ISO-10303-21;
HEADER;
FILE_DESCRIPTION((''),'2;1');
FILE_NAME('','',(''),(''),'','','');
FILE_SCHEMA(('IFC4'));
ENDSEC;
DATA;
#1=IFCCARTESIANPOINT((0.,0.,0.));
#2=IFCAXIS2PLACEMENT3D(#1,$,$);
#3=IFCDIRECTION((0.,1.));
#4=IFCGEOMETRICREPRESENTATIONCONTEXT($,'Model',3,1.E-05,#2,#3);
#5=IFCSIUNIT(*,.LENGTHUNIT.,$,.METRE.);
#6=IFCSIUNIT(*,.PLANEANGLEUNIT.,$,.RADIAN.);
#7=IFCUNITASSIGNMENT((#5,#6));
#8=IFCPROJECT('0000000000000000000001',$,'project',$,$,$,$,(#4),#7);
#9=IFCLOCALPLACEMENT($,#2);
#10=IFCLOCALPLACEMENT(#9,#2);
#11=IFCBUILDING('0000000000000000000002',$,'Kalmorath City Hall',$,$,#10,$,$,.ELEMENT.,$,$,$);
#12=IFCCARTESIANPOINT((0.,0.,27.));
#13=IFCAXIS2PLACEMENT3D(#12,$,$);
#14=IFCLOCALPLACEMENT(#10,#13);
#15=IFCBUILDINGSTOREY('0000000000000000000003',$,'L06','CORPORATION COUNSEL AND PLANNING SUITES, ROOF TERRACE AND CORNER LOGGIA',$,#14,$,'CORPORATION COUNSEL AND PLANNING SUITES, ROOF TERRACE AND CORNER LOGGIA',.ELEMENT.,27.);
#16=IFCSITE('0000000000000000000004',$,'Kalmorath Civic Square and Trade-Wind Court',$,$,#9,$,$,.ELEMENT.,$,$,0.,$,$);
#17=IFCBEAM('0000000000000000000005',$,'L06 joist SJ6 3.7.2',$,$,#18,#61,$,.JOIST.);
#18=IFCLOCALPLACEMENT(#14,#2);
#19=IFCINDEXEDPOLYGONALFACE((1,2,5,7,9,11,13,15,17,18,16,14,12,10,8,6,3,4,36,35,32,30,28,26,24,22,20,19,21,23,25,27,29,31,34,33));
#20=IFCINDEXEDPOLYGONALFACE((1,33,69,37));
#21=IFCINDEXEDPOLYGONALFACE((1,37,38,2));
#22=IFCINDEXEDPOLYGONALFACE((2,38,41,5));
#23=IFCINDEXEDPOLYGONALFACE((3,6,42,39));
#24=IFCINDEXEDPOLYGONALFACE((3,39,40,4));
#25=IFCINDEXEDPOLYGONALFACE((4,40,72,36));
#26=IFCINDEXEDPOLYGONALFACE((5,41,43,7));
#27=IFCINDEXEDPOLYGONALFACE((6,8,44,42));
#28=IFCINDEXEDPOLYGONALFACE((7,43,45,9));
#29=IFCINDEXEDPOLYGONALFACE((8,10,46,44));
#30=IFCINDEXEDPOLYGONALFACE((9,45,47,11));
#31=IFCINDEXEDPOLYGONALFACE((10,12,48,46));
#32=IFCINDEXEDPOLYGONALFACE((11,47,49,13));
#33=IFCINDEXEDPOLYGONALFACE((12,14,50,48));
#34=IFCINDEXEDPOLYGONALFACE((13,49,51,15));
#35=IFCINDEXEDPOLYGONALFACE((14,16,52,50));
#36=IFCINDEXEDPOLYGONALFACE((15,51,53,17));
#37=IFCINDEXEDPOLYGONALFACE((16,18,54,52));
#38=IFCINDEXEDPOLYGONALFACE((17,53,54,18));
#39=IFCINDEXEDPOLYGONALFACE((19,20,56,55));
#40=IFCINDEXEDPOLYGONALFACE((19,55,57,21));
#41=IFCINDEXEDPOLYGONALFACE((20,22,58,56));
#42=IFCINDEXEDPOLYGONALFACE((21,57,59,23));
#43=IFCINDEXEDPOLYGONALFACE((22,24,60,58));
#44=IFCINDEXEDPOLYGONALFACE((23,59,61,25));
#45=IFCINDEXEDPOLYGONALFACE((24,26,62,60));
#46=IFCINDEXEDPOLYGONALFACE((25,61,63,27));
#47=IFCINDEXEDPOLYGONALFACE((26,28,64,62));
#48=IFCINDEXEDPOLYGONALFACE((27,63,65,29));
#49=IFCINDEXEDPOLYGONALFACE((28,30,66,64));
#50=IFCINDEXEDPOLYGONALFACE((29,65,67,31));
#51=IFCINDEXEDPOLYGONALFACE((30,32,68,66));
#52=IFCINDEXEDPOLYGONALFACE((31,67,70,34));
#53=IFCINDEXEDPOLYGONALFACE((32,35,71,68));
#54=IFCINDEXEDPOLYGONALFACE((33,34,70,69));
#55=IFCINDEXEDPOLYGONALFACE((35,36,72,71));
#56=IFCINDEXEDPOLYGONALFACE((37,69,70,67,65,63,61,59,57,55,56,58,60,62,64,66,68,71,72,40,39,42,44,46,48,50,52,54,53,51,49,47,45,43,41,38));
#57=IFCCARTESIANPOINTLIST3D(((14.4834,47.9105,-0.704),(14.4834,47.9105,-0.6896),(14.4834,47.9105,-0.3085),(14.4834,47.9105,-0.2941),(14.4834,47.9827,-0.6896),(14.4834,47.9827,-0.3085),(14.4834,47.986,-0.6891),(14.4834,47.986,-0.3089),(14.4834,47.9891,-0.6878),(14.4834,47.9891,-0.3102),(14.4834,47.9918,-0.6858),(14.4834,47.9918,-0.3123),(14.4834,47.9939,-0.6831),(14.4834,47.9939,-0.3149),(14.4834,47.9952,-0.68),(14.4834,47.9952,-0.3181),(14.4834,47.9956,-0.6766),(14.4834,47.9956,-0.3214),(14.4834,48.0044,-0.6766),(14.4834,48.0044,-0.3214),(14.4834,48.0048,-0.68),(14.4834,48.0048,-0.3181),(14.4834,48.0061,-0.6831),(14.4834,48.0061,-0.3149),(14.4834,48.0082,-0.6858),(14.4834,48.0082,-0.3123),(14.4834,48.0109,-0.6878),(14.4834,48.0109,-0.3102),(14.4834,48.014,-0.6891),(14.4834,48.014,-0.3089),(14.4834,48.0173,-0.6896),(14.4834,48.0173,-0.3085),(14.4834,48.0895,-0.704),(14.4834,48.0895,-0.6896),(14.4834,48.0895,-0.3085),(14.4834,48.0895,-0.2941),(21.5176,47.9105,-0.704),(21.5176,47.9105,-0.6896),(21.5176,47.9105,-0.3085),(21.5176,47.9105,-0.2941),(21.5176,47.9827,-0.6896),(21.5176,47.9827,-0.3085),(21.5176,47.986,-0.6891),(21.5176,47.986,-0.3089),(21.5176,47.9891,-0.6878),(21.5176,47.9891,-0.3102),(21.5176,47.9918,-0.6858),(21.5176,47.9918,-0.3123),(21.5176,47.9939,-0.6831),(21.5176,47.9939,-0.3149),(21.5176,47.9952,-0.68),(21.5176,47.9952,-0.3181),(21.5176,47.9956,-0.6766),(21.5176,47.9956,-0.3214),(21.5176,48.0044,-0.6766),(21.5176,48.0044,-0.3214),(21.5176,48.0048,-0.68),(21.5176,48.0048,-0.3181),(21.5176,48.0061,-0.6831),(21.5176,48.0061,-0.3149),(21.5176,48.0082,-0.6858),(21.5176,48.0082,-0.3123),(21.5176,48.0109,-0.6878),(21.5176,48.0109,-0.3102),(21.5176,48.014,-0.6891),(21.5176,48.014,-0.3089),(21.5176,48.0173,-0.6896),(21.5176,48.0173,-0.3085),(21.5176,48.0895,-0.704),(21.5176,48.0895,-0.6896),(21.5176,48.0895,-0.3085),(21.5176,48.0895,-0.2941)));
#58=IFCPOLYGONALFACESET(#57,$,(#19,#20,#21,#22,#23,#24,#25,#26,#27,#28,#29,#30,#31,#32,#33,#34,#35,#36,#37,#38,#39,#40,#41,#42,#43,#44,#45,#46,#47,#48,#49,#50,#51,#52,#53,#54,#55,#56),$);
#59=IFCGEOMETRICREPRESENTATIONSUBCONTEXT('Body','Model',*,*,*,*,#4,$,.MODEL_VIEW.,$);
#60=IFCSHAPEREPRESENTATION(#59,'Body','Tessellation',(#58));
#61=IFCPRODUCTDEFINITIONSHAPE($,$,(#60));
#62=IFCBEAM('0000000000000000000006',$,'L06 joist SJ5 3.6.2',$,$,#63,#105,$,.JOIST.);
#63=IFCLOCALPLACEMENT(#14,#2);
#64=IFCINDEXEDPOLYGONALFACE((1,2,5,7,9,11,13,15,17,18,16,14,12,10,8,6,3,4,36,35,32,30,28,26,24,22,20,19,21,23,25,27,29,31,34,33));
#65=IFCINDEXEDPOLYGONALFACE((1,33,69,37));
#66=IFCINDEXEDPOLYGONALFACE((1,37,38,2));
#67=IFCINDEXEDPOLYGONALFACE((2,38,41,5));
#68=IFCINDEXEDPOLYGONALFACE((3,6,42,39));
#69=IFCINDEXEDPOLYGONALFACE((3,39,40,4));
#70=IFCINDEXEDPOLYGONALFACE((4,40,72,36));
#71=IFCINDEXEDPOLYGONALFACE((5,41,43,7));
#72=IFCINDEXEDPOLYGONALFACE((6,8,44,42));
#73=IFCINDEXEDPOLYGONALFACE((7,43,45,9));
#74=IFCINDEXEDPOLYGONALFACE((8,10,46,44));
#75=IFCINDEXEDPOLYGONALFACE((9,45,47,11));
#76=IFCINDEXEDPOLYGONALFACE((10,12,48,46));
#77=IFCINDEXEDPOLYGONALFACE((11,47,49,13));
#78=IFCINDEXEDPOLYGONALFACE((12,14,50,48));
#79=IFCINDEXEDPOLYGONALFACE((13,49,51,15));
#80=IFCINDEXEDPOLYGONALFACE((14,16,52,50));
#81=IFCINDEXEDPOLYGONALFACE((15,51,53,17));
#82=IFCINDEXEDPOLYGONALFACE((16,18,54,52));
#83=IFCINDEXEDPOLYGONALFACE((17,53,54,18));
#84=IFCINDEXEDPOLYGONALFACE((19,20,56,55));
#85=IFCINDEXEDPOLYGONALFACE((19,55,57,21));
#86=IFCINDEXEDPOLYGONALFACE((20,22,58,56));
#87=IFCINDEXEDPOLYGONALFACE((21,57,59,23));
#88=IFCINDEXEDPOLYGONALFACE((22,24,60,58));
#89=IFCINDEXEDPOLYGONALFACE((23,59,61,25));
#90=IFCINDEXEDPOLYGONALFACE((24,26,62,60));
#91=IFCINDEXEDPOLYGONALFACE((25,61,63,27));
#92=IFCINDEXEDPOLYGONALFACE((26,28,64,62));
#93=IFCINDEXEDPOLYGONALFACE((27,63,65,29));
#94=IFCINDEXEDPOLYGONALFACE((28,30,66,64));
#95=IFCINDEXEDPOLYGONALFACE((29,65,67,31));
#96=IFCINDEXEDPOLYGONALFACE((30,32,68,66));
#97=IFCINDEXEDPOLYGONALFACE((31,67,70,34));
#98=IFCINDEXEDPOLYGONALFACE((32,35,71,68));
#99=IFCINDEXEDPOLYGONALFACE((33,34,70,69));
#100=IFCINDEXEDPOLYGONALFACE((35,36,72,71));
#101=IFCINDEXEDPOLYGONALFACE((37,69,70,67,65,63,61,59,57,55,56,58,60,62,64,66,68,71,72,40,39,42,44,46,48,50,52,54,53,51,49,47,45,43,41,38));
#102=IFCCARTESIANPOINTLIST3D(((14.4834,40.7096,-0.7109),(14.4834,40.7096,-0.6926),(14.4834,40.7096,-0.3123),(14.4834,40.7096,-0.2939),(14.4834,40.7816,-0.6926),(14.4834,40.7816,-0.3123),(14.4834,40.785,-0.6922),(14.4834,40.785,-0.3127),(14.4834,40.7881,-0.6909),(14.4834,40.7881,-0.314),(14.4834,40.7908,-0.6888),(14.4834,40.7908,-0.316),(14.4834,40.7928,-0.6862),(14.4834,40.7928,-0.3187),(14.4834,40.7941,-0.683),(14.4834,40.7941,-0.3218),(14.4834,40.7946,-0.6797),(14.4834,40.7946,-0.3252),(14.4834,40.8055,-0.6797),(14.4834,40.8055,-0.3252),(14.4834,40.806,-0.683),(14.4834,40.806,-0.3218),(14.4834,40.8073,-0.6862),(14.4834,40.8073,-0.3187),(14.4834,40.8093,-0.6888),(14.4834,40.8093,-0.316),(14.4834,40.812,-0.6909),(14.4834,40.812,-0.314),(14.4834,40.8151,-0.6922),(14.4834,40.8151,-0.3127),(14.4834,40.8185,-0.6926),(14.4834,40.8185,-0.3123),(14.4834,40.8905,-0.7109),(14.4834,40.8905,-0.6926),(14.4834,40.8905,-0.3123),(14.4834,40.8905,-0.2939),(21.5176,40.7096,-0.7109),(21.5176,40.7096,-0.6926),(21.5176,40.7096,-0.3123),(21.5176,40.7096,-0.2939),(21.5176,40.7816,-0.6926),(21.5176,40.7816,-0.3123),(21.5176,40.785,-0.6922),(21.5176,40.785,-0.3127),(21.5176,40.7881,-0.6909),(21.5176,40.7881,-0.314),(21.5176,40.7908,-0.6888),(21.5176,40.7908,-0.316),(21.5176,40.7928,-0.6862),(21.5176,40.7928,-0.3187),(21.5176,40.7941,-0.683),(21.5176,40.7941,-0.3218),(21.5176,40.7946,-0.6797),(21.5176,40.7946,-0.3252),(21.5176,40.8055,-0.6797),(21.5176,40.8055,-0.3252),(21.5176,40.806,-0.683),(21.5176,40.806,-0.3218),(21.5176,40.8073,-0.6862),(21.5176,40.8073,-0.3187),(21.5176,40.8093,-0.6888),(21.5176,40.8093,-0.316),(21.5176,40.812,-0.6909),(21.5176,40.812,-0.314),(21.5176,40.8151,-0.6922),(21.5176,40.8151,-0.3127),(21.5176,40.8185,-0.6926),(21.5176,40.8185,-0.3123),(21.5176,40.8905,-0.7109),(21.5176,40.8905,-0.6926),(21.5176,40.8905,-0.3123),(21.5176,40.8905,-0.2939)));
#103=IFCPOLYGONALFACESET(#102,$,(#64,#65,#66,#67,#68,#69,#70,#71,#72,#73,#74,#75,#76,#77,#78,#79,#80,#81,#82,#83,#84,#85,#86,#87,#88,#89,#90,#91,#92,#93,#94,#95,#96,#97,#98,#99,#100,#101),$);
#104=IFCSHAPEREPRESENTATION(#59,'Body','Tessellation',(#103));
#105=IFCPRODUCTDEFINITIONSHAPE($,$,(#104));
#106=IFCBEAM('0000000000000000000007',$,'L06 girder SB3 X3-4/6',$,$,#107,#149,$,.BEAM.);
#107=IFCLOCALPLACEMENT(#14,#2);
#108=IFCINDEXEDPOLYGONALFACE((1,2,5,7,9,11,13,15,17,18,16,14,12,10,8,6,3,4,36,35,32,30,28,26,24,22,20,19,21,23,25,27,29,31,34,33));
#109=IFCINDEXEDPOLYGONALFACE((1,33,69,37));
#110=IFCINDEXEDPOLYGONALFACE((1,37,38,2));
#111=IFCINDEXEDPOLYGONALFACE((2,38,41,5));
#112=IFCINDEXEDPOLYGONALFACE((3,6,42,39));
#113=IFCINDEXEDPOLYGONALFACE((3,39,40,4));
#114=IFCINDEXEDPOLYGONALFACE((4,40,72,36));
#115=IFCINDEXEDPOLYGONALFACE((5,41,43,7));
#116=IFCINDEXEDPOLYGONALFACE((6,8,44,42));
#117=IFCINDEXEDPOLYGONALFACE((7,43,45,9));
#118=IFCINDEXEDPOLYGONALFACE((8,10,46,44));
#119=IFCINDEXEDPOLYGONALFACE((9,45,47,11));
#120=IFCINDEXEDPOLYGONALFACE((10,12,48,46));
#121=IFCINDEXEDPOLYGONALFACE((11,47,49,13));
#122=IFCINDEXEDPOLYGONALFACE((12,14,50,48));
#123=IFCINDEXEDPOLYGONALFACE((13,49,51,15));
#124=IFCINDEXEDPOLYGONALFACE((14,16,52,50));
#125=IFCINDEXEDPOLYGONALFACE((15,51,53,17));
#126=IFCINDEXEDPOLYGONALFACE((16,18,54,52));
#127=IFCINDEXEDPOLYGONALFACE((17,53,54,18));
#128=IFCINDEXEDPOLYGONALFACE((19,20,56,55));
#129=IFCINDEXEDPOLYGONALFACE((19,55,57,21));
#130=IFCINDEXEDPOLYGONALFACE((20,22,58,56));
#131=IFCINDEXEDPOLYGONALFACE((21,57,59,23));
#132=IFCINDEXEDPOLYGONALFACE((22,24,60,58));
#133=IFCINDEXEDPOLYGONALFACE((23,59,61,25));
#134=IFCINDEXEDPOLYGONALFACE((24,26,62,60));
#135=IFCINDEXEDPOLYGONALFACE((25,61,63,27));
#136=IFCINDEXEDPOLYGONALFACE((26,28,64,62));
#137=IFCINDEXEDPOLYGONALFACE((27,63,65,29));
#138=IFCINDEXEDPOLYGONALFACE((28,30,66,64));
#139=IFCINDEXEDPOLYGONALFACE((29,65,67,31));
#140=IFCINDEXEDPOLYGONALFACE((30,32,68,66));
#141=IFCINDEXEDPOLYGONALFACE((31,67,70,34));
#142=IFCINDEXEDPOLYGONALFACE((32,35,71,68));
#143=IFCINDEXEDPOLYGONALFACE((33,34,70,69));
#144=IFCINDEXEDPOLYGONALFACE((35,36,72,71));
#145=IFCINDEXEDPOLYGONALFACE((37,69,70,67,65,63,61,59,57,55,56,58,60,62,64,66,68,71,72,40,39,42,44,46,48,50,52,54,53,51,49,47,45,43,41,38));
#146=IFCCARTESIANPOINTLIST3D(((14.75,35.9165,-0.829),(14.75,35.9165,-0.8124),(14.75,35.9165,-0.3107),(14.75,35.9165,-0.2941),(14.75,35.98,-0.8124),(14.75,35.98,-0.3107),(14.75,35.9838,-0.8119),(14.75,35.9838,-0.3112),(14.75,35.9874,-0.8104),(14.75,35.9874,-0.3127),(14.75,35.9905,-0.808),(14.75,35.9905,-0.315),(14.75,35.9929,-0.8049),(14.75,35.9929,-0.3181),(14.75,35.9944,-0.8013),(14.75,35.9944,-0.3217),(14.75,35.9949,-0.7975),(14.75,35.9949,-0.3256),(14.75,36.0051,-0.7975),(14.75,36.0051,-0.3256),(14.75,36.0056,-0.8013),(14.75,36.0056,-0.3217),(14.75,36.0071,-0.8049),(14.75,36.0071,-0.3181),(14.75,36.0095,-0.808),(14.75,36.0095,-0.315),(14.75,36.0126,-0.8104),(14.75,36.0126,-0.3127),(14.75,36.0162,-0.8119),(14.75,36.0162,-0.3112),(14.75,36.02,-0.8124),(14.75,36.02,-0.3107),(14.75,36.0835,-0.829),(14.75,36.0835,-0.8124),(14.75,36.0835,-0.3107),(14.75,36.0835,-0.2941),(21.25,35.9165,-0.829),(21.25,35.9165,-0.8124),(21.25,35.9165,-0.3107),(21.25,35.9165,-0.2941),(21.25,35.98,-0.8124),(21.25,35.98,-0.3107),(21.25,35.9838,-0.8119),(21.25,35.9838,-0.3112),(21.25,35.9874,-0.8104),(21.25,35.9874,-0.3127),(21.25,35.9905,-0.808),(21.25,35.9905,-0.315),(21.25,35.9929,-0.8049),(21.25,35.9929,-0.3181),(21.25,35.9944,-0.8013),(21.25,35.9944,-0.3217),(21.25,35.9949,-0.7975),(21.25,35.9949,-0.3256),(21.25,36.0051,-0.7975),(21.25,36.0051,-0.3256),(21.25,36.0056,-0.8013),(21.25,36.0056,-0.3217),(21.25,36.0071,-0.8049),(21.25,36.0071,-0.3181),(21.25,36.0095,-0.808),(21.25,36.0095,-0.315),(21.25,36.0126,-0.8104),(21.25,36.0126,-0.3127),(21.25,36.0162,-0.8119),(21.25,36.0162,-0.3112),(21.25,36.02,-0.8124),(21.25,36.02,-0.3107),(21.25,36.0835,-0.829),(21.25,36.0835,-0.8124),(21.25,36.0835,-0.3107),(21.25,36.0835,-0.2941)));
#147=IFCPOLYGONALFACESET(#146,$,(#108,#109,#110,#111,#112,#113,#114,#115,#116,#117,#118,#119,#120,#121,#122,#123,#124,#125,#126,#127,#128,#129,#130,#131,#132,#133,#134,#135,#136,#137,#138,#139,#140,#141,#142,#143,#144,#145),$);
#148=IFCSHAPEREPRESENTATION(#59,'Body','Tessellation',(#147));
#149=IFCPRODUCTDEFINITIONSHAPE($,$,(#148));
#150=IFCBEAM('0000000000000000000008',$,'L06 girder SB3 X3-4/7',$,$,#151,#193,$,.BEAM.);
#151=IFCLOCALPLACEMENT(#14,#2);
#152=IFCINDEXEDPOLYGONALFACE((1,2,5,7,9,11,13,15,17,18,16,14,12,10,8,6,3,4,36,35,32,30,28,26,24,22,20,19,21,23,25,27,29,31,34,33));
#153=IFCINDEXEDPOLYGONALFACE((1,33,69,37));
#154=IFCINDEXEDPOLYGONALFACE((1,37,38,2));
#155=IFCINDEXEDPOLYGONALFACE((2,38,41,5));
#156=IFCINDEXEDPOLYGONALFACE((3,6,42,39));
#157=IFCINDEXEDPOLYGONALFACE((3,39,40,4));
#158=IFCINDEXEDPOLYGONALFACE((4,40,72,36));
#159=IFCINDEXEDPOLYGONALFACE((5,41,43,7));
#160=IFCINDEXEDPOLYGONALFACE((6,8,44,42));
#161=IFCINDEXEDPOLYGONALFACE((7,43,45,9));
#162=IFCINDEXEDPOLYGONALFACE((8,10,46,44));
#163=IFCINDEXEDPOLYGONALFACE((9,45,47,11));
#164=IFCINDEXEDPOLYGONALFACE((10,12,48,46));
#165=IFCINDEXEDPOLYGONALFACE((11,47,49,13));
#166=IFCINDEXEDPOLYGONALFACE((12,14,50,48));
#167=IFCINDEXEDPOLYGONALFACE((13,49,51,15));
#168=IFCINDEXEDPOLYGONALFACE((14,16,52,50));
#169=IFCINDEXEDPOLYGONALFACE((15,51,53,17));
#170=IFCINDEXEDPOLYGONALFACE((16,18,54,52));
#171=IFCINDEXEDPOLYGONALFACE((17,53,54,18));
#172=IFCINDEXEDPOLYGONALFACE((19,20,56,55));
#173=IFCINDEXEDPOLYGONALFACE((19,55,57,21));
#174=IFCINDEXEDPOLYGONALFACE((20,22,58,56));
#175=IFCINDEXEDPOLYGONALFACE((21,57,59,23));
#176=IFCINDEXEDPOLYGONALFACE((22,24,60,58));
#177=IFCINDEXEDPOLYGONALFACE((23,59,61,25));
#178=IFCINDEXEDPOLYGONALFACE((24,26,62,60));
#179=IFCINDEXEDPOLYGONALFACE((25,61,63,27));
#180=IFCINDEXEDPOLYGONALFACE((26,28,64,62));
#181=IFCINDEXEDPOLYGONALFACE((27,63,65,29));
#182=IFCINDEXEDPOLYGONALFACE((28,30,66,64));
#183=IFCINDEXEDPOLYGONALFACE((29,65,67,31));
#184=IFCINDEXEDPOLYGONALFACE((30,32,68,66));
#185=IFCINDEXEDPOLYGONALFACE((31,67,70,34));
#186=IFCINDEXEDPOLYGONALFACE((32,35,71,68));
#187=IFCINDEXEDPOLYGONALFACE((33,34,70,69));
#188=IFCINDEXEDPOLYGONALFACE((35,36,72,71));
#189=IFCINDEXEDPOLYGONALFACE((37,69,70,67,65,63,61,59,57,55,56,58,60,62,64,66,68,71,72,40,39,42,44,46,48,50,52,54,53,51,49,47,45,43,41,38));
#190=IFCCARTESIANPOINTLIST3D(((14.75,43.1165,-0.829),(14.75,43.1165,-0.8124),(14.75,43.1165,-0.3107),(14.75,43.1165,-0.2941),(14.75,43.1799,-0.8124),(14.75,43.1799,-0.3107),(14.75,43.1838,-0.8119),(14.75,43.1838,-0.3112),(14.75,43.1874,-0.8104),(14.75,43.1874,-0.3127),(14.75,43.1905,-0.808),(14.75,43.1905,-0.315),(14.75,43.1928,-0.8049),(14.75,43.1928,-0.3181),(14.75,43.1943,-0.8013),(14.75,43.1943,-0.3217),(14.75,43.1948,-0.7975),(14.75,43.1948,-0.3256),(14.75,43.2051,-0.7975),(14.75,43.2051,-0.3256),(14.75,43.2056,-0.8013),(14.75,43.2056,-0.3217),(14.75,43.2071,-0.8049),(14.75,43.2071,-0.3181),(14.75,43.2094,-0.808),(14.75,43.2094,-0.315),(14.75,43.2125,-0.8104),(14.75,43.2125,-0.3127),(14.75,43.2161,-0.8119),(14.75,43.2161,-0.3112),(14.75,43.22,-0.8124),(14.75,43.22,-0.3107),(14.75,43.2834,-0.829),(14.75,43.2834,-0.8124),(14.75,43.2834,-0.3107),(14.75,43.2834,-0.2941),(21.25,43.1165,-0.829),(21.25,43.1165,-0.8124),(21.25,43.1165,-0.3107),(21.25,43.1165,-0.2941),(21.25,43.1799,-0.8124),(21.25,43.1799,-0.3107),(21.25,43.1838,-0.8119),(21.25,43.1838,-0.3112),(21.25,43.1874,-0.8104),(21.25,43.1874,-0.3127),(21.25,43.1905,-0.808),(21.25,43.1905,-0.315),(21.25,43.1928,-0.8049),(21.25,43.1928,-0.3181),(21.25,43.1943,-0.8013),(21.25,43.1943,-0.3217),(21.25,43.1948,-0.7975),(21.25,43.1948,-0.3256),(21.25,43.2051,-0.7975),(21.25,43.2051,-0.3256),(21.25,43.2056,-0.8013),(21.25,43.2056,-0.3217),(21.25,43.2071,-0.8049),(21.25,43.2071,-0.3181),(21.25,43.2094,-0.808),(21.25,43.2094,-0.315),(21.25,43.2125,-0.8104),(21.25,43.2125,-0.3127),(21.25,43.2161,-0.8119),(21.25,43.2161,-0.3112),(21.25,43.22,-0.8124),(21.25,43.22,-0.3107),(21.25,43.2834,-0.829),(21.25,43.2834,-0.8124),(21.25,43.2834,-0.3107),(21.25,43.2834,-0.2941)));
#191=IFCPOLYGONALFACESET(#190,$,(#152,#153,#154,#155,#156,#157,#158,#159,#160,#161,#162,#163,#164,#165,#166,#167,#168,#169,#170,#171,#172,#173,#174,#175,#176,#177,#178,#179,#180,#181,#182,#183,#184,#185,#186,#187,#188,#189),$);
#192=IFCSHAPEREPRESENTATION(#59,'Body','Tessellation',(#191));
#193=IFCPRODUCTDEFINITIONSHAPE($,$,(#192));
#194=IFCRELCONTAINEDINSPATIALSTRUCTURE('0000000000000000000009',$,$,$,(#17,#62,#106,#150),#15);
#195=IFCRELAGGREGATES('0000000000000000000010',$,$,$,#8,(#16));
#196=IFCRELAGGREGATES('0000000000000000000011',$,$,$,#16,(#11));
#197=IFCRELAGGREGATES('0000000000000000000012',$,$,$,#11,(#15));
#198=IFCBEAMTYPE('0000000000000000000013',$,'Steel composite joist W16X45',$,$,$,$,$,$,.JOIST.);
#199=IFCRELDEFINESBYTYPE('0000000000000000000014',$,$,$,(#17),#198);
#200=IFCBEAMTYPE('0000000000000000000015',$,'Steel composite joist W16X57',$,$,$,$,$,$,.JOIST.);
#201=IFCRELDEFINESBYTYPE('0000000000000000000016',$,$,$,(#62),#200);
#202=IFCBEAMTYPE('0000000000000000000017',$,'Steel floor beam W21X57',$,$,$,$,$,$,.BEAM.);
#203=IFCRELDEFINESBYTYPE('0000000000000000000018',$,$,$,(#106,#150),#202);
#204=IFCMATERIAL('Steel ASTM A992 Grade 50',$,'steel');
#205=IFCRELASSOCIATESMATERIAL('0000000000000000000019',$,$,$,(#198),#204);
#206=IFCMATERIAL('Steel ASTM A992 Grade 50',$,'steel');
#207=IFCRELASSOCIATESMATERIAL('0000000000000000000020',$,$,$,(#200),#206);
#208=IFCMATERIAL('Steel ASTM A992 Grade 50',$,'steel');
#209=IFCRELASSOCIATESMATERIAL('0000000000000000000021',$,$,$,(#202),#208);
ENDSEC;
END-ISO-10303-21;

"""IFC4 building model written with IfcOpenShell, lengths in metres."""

from ifc_helpers import new_model, si_unit, direction, frame, origin, origin_2d, place, context, subcontext, project, spatial, i_section, extrude, material, material_profile, profile_set, type_object, element, save


model = new_model("IFC4")

# Units and contexts
model_context = context("Model", 3, precision=1e-05, world=origin(), true_north=direction((0.0, 1.0)))
body_context = subcontext(model_context, "Body", "Model", "MODEL_VIEW")
ifc_project = project(units=[si_unit("LENGTHUNIT", "METRE"), si_unit("PLANEANGLEUNIT", "RADIAN")], contexts=[model_context])

# Site, building, storey
site_placement = place(None, origin())
site = spatial("IfcSite", under=ifc_project, at=site_placement, Name="Kalmorath Civic Square and Trade-Wind Court", CompositionType="ELEMENT", RefElevation=0.0)
building_placement = place(site_placement, origin())
building = spatial("IfcBuilding", under=site, at=building_placement, Name="Kalmorath City Hall", CompositionType="ELEMENT")
storey_placement = place(building_placement, frame((0.0, 0.0, 27.0)))
storey = spatial("IfcBuildingStorey", under=building, at=storey_placement, Name="L06", Description="CORPORATION COUNSEL AND PLANNING SUITES, ROOF TERRACE AND CORNER LOGGIA", LongName="CORPORATION COUNSEL AND PLANNING SUITES, ROOF TERRACE AND CORNER LOGGIA", CompositionType="ELEMENT", Elevation=27.0)

# Beams
ifc_material_1 = material(Name="Steel ASTM A992 Grade 50", Category="steel")
ifc_material_profile_1 = material_profile(ifc_material_1, i_section(OverallWidth=0.179, OverallDepth=0.4099, WebThickness=0.0088, FlangeThickness=0.0144, FilletRadius=0.0129, at=origin_2d()), Name="W16X45")
ifc_profile_set_1 = profile_set([ifc_material_profile_1], Name="Steel ASTM A992 Grade 50")
beam_type_1 = type_object("IfcBeamType", Name="Steel composite joist W16X45", PredefinedType="JOIST", material=ifc_profile_set_1)
for number, where, z_axis, x_axis, name in (
    (1, (14.4834, 48.0, -0.499), (1.0, 0.0, 0.0), (0.0, 1.0, 0.0), "L06 joist SJ6 3.7.2"),
):
    element("IfcBeam", number, at=place(storey_placement, frame(where, z_axis=z_axis, x_axis=x_axis)), inside=storey, type_object=beam_type_1, Name=name, PredefinedType="JOIST", context=body_context, shape_type="SweptSolid", body=[
        extrude(i_section(OverallWidth=0.179, OverallDepth=0.4099, WebThickness=0.0088, FlangeThickness=0.0144, FilletRadius=0.0129, at=origin_2d()), origin(), (0.0, 0.0, 1.0), 7.0342),
    ])
ifc_material_2 = material(Name="Steel ASTM A992 Grade 50", Category="steel")
ifc_material_profile_2 = material_profile(ifc_material_2, i_section(OverallWidth=0.1809, OverallDepth=0.417, WebThickness=0.011, FlangeThickness=0.0183, FilletRadius=0.0129, at=origin_2d()), Name="W16X57")
ifc_profile_set_2 = profile_set([ifc_material_profile_2], Name="Steel ASTM A992 Grade 50")
beam_type_2 = type_object("IfcBeamType", Name="Steel composite joist W16X57", PredefinedType="JOIST", material=ifc_profile_set_2)
beam_placement = place(storey_placement, frame((14.4834, 40.8, -0.5024), z_axis=(1.0, 0.0, 0.0), x_axis=(0.0, 1.0, 0.0)))
element("IfcBeam", 2, at=beam_placement, inside=storey, type_object=beam_type_2, Name="L06 joist SJ5 3.6.2", PredefinedType="JOIST", context=body_context, shape_type="SweptSolid", body=[
    extrude(i_section(OverallWidth=0.1809, OverallDepth=0.417, WebThickness=0.011, FlangeThickness=0.0183, FilletRadius=0.0129, at=origin_2d()), origin(), (0.0, 0.0, 1.0), 7.0342),
])
ifc_material_3 = material(Name="Steel ASTM A992 Grade 50", Category="steel")
ifc_material_profile_3 = material_profile(ifc_material_3, i_section(OverallWidth=0.167, OverallDepth=0.5349, WebThickness=0.0103, FlangeThickness=0.0166, FilletRadius=0.0149, at=origin_2d()), Name="W21X57")
ifc_profile_set_3 = profile_set([ifc_material_profile_3], Name="Steel ASTM A992 Grade 50")
beam_type_3 = type_object("IfcBeamType", Name="Steel floor beam W21X57", PredefinedType="BEAM", material=ifc_profile_set_3)
for number, where, z_axis, x_axis, name in (
    (3, (14.75, 36.0, -0.5615), (1.0, 0.0, 0.0), (0.0, 1.0, 0.0), "L06 girder SB3 X3-4/6"),
    (4, (14.75, 43.2, -0.5615), (1.0, 0.0, 0.0), (0.0, 1.0, 0.0), "L06 girder SB3 X3-4/7"),
):
    element("IfcBeam", number, at=place(storey_placement, frame(where, z_axis=z_axis, x_axis=x_axis)), inside=storey, type_object=beam_type_3, Name=name, PredefinedType="BEAM", context=body_context, shape_type="SweptSolid", body=[
        extrude(i_section(OverallWidth=0.167, OverallDepth=0.5349, WebThickness=0.0103, FlangeThickness=0.0166, FilletRadius=0.0149, at=origin_2d()), origin(), (0.0, 0.0, 1.0), 6.5),
    ])

save(model, "model.ifc")
